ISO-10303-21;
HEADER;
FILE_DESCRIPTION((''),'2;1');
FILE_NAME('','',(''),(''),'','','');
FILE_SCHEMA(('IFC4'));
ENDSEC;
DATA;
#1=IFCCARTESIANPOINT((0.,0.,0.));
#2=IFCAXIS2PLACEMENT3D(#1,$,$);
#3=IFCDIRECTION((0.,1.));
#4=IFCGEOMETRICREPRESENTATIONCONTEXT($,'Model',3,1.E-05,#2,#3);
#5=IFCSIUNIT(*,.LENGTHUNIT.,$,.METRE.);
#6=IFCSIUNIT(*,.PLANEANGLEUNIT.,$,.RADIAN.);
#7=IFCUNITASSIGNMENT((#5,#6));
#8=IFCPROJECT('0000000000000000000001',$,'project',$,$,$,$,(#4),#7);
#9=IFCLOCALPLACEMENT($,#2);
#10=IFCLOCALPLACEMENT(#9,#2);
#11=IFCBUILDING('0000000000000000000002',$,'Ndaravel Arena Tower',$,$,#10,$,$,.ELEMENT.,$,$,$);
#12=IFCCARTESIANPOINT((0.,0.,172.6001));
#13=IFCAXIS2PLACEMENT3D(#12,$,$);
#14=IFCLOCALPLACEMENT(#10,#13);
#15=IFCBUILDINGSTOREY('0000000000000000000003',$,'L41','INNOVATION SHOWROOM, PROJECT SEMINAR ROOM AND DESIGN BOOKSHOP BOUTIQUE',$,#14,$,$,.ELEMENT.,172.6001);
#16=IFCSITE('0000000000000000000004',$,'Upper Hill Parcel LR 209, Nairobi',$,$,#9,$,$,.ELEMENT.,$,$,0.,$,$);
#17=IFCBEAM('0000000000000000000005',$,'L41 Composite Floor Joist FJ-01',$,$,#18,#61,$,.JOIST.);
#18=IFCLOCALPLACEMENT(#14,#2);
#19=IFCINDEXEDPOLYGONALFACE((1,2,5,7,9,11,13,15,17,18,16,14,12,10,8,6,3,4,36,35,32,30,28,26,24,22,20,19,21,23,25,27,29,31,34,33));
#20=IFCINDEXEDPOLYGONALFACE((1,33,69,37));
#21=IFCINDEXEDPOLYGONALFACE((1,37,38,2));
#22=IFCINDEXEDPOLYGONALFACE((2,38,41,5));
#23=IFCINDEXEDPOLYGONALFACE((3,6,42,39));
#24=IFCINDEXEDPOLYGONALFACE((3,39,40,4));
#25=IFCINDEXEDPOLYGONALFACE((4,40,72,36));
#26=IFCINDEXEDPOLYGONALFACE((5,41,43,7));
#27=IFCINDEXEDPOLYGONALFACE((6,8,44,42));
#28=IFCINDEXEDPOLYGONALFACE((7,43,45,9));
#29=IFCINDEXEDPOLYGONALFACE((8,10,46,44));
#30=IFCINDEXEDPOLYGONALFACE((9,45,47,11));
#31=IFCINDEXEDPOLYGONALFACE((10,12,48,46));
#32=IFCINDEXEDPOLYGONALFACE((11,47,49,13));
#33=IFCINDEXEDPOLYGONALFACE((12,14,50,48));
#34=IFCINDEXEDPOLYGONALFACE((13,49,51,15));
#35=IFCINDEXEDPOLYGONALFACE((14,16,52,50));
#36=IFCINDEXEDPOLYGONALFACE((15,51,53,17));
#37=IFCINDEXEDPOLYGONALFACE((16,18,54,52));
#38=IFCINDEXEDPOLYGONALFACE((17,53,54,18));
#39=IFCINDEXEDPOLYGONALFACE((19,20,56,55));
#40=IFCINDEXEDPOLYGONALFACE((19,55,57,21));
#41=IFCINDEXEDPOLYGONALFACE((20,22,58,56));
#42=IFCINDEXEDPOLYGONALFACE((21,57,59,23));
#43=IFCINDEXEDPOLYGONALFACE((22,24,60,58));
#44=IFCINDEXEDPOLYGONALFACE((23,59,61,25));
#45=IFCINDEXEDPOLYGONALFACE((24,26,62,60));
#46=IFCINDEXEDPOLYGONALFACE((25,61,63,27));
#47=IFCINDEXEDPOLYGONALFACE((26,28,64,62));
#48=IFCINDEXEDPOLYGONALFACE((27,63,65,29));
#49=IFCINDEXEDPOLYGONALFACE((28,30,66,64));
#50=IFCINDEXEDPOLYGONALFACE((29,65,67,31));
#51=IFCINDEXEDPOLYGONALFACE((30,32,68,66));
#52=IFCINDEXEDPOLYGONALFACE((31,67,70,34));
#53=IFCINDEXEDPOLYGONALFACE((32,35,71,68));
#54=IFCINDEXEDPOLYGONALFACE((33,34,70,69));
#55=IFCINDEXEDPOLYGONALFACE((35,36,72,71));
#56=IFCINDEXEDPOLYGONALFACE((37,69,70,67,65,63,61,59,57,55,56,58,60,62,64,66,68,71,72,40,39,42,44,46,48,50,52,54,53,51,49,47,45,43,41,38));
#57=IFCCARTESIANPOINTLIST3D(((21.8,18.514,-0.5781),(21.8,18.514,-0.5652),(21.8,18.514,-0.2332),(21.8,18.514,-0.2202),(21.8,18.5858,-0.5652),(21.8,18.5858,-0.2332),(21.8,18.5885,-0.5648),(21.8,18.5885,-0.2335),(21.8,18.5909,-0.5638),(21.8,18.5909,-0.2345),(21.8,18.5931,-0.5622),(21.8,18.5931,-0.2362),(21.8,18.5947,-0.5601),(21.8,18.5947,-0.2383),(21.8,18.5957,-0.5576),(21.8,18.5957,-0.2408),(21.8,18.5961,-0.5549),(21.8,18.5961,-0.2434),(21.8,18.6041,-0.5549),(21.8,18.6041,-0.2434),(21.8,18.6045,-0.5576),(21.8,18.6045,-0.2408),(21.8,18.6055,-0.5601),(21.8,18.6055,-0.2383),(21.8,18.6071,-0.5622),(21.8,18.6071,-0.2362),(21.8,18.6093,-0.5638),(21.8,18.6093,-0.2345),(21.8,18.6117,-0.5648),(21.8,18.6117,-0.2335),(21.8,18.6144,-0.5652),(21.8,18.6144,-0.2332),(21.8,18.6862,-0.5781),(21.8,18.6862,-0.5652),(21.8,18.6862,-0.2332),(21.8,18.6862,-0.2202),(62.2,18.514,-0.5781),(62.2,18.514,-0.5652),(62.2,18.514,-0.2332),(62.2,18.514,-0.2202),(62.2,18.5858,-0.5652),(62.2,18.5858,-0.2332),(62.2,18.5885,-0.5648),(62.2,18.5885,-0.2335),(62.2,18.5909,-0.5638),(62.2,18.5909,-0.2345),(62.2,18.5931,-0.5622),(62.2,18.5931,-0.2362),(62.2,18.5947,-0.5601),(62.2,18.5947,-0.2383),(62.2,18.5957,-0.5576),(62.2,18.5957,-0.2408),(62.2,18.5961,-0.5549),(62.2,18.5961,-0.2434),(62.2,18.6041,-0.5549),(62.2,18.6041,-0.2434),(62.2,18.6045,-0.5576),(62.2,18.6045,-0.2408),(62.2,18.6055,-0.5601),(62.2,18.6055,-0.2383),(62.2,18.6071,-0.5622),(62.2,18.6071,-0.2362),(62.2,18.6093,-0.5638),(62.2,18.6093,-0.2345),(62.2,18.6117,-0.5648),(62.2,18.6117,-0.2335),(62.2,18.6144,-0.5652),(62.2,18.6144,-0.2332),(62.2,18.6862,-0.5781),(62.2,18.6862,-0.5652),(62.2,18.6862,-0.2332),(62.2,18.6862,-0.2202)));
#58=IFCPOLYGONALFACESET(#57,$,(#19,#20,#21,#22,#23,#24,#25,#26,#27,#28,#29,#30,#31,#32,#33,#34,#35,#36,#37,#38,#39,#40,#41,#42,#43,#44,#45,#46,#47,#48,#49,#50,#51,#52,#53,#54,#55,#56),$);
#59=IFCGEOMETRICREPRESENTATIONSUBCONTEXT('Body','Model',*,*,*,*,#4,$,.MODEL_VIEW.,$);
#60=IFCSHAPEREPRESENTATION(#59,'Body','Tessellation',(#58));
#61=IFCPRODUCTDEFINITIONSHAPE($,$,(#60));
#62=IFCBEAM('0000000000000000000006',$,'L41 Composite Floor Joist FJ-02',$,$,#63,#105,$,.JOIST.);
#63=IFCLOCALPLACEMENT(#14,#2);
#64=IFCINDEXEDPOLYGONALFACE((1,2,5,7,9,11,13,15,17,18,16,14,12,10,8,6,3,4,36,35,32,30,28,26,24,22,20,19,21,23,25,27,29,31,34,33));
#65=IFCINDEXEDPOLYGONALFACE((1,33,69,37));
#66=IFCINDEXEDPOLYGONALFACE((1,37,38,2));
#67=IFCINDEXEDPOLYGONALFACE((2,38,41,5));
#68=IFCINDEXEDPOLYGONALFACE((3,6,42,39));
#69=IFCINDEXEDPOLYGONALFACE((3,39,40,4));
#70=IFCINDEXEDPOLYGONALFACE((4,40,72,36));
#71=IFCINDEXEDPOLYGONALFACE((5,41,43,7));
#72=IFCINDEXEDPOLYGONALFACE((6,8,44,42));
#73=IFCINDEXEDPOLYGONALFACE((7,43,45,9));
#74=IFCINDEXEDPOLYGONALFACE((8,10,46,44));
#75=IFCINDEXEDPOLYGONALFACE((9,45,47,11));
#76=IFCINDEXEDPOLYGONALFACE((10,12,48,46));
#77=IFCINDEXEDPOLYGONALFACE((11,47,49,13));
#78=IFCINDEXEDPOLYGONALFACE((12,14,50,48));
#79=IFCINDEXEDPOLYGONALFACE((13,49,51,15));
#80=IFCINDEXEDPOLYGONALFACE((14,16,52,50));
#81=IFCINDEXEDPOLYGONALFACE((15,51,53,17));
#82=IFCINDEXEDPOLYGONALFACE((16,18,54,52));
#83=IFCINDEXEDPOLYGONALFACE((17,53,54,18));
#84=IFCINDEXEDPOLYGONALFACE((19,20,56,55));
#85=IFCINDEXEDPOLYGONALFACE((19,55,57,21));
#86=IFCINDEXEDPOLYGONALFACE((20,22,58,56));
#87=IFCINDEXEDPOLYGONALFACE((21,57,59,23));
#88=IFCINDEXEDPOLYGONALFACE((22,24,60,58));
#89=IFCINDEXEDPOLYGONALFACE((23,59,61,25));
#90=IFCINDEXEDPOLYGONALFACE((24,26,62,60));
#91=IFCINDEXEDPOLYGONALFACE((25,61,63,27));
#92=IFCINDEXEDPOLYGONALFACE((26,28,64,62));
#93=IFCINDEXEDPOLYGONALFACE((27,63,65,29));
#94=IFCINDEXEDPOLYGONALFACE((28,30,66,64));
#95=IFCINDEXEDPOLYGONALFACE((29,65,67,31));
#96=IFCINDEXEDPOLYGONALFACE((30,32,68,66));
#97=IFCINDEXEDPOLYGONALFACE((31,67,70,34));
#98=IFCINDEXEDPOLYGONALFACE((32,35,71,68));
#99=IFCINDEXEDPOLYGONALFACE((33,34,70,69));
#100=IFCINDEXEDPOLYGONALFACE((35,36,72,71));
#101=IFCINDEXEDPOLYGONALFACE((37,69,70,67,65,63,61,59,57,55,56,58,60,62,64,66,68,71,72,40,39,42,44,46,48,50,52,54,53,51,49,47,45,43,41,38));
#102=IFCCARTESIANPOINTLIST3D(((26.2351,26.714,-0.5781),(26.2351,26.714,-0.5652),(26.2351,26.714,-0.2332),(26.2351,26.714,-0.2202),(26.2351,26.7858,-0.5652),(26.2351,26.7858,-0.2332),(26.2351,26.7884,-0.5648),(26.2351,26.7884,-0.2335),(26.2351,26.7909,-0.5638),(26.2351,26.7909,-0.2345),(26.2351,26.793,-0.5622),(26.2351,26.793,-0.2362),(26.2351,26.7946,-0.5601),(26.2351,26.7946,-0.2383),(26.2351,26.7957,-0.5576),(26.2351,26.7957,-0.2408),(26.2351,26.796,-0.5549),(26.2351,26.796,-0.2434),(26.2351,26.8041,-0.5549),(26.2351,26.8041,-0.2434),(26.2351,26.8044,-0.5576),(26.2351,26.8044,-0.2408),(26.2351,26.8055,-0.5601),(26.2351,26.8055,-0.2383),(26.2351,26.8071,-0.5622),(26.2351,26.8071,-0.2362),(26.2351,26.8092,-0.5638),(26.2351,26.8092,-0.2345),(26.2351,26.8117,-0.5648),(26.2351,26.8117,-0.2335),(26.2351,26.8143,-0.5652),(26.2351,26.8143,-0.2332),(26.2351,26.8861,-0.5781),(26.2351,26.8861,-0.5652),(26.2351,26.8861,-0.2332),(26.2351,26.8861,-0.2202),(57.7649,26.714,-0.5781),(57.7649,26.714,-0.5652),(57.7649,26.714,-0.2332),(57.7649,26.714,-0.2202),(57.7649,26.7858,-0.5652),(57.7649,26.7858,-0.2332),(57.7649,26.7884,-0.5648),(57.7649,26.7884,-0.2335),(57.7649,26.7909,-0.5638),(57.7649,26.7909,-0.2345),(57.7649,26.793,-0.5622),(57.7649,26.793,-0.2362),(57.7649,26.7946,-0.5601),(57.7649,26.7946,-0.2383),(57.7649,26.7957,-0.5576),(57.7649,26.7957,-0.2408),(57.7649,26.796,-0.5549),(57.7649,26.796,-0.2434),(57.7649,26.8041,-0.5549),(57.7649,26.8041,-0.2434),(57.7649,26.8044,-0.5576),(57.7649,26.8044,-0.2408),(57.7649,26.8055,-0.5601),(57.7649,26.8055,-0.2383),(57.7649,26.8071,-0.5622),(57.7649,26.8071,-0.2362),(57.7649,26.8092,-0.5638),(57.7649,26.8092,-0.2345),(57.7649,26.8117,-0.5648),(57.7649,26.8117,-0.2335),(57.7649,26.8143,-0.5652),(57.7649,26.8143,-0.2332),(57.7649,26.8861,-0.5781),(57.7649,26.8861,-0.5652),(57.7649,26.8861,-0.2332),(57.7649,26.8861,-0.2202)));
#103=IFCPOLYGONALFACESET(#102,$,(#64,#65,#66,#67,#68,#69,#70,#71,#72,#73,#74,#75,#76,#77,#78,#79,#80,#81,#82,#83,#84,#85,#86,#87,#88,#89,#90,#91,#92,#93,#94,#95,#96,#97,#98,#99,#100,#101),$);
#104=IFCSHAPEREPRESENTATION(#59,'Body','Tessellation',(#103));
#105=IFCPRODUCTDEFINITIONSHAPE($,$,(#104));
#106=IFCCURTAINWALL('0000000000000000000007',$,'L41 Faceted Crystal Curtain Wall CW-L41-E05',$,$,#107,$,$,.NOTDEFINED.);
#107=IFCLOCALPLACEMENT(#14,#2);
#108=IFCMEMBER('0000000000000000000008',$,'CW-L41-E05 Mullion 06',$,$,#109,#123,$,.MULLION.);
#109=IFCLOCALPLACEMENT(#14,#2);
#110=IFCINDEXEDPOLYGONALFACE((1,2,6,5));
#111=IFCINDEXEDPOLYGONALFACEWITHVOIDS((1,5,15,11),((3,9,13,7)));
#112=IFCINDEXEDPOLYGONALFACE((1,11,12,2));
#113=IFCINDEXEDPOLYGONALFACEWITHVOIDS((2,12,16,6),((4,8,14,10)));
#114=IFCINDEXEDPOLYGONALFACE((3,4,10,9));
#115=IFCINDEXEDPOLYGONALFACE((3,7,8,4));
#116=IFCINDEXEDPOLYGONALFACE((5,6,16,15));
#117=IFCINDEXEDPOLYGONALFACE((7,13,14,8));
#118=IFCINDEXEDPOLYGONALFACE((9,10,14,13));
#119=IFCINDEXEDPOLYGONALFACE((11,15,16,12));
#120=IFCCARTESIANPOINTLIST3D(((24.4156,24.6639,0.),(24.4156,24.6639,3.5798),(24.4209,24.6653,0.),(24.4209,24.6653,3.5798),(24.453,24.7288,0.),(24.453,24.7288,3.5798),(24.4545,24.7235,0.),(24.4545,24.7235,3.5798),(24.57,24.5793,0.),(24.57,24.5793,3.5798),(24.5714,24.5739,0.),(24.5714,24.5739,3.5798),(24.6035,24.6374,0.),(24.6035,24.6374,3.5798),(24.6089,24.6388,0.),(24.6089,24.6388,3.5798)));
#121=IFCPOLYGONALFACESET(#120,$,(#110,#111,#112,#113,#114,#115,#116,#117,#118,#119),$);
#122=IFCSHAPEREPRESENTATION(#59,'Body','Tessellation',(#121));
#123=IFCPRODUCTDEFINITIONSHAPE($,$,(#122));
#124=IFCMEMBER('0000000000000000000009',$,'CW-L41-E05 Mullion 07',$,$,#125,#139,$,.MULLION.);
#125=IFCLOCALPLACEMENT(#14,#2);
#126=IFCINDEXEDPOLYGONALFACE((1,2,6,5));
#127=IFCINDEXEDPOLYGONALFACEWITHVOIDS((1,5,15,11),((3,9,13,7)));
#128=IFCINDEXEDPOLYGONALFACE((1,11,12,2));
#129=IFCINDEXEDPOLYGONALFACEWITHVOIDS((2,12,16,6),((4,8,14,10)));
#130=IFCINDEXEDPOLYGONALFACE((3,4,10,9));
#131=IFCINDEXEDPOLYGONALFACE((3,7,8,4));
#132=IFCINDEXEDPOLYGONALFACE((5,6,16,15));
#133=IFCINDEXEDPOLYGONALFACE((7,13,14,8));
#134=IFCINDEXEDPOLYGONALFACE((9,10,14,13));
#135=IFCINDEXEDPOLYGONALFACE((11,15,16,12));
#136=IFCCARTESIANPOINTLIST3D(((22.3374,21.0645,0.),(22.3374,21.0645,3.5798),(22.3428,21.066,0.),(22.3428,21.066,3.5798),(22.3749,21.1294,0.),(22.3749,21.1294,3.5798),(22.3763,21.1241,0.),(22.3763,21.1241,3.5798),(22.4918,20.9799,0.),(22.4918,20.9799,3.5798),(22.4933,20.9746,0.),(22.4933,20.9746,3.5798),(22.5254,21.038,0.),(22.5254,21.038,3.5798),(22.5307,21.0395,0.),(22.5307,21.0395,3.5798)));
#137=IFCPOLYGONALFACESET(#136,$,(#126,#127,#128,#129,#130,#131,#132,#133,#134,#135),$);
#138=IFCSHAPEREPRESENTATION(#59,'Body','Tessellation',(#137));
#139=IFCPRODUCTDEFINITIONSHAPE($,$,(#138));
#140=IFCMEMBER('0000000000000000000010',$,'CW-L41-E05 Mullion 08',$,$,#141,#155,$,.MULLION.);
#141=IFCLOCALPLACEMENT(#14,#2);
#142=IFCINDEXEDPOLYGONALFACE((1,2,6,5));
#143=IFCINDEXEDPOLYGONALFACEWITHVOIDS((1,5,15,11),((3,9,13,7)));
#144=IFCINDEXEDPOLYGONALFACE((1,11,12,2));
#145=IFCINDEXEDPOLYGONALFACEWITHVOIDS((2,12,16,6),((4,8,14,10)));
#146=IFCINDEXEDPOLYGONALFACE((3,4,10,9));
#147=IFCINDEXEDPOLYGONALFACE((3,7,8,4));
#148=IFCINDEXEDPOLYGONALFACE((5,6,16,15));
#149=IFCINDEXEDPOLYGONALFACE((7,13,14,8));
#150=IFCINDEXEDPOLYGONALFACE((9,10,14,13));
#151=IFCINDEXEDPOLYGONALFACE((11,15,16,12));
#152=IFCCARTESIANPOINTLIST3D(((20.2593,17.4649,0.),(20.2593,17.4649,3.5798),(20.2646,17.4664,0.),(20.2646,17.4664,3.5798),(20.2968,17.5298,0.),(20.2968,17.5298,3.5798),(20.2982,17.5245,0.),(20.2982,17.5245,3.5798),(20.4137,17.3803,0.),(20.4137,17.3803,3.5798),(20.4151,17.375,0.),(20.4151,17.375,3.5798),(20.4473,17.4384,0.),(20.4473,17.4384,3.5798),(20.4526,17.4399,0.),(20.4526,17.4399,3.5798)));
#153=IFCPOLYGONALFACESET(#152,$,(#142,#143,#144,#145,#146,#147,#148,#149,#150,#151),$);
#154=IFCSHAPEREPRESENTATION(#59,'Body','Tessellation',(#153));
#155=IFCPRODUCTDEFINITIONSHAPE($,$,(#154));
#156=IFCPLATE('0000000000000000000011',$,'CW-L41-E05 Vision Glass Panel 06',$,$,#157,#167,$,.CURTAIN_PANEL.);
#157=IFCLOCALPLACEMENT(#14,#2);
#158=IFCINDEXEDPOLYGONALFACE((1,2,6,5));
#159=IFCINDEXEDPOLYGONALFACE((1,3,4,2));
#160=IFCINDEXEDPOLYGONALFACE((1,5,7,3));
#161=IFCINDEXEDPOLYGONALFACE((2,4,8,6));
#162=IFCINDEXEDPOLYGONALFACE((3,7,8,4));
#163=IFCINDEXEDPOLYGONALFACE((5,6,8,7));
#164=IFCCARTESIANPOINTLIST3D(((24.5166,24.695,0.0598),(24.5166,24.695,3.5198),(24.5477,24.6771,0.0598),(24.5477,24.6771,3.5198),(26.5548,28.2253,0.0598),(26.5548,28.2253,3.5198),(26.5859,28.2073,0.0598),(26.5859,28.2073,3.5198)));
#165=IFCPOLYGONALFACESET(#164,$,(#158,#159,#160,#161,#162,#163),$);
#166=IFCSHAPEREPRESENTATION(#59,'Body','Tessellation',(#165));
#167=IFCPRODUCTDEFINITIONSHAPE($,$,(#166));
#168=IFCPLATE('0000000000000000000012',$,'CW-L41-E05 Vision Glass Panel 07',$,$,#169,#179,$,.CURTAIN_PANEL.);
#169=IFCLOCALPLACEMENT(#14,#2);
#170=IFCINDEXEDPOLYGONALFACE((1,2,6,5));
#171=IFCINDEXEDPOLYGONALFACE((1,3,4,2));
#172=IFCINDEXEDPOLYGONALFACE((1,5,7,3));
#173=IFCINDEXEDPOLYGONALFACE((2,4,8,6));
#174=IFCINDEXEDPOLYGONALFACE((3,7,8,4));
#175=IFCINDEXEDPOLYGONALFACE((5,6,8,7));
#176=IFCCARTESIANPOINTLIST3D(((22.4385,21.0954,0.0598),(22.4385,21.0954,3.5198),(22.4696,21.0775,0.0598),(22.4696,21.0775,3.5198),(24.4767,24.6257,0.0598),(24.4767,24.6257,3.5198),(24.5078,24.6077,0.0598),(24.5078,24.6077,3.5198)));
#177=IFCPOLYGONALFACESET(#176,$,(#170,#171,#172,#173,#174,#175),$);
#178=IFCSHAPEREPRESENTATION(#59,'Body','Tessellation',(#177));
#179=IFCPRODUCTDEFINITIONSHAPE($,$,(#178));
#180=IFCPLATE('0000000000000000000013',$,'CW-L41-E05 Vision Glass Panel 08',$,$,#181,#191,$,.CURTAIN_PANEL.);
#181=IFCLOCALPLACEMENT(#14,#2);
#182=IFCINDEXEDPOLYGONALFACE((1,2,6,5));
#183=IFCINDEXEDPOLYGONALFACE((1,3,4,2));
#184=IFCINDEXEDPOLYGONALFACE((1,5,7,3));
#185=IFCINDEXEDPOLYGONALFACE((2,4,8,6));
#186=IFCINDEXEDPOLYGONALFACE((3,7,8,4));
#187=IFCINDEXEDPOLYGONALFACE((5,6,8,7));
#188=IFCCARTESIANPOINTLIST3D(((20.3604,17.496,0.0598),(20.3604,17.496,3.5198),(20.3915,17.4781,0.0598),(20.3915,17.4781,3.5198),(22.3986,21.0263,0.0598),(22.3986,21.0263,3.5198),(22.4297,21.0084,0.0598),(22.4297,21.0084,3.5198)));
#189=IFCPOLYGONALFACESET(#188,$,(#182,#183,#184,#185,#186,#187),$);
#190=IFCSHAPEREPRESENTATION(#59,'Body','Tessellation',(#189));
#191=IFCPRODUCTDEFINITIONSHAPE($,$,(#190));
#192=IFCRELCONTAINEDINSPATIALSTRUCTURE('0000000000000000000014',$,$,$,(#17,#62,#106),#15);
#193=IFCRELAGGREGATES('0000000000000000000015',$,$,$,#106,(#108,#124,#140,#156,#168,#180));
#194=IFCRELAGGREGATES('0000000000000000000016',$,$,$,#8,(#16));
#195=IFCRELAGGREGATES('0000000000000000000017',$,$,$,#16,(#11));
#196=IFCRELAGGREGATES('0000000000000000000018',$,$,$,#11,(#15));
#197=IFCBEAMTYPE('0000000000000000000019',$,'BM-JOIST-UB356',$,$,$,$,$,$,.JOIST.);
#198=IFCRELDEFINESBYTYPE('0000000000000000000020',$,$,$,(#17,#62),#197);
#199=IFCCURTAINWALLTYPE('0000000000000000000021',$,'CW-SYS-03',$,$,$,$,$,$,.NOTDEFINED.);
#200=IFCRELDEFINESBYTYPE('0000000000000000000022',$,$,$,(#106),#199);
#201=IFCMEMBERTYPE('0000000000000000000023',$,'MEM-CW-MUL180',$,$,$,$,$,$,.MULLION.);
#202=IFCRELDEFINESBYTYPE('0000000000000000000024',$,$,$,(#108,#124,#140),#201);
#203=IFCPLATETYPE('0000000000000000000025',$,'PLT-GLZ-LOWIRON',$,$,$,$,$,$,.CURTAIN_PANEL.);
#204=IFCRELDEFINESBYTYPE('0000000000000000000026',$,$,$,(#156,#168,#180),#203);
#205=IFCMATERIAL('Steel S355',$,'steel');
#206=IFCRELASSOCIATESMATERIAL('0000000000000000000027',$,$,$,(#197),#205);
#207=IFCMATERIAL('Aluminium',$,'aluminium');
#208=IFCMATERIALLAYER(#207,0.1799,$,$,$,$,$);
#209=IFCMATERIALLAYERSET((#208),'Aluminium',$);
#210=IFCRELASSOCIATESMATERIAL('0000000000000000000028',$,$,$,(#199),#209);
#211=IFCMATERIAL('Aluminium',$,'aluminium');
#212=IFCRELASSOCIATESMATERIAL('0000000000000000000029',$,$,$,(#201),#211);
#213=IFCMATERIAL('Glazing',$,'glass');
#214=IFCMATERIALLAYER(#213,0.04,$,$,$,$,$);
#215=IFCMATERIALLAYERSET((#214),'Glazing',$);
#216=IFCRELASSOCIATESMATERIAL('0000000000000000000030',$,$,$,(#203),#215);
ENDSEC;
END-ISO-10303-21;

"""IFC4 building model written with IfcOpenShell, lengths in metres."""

from ifc_helpers import new_model, si_unit, direction, frame, origin, origin_2d, place, context, subcontext, project, spatial, rectangle, hollow_rectangle, i_section, extrude, material, layer, layer_set, material_profile, profile_set, type_object, element, aggregate, save


model = new_model("IFC4")

# Units and contexts
model_context = context("Model", 3, precision=1e-05, world=origin(), true_north=direction((0.0, 1.0)))
body_context = subcontext(model_context, "Body", "Model", "MODEL_VIEW")
ifc_project = project(units=[si_unit("LENGTHUNIT", "METRE"), si_unit("PLANEANGLEUNIT", "RADIAN")], contexts=[model_context])

# Site, building, storey
site_placement = place(None, origin())
site = spatial("IfcSite", under=ifc_project, at=site_placement, Name="Upper Hill Parcel LR 209, Nairobi", CompositionType="ELEMENT", RefElevation=0.0)
building_placement = place(site_placement, origin())
building = spatial("IfcBuilding", under=site, at=building_placement, Name="Ndaravel Arena Tower", CompositionType="ELEMENT")
storey_placement = place(building_placement, frame((0.0, 0.0, 172.6001)))
storey = spatial("IfcBuildingStorey", under=building, at=storey_placement, Name="L41", Description="INNOVATION SHOWROOM, PROJECT SEMINAR ROOM AND DESIGN BOOKSHOP BOUTIQUE", CompositionType="ELEMENT", Elevation=172.6001)

# Beams
ifc_material_1 = material(Name="Steel S355", Category="steel")
ifc_material_profile_1 = material_profile(ifc_material_1, i_section(OverallWidth=0.1721, OverallDepth=0.3579, WebThickness=0.0081, FlangeThickness=0.0129, FilletRadius=0.0103, at=origin_2d()), Name="UB 356x171x57")
ifc_profile_set_1 = profile_set([ifc_material_profile_1], Name="Steel S355")
beam_type = type_object("IfcBeamType", Name="BM-JOIST-UB356", PredefinedType="JOIST", material=ifc_profile_set_1)
beam_1_placement = place(storey_placement, frame((21.8, 18.6001, -0.3992), z_axis=(1.0, 0.0, 0.0), x_axis=(0.0, 1.0, 0.0)))
element("IfcBeam", 1, at=beam_1_placement, inside=storey, type_object=beam_type, Name="L41 Composite Floor Joist FJ-01", PredefinedType="JOIST", context=body_context, shape_type="SweptSolid", body=[
    extrude(i_section(OverallWidth=0.1721, OverallDepth=0.3579, WebThickness=0.0081, FlangeThickness=0.0129, FilletRadius=0.0103, at=origin_2d()), origin(), (0.0, 0.0, 1.0), 40.3999),
])
beam_2_placement = place(storey_placement, frame((26.2351, 26.8, -0.3992), z_axis=(1.0, 0.0, 0.0), x_axis=(0.0, 1.0, 0.0)))
element("IfcBeam", 2, at=beam_2_placement, inside=storey, type_object=beam_type, Name="L41 Composite Floor Joist FJ-02", PredefinedType="JOIST", context=body_context, shape_type="SweptSolid", body=[
    extrude(i_section(OverallWidth=0.1721, OverallDepth=0.3579, WebThickness=0.0081, FlangeThickness=0.0129, FilletRadius=0.0103, at=origin_2d()), origin(), (0.0, 0.0, 1.0), 31.5298),
])

# Curtain wall, members, plates
ifc_material_2 = material(Name="Aluminium", Category="aluminium")
ifc_layer_1 = layer(ifc_material_2, 0.1799)
ifc_layer_set_1 = layer_set([ifc_layer_1], Name="Aluminium")
curtain_wall_type = type_object("IfcCurtainWallType", Name="CW-SYS-03", PredefinedType="NOTDEFINED", material=ifc_layer_set_1)
curtain_wall_placement = place(storey_placement, origin())
curtain_wall = element("IfcCurtainWall", 3, at=curtain_wall_placement, inside=storey, type_object=curtain_wall_type, Name="L41 Faceted Crystal Curtain Wall CW-L41-E05", PredefinedType="NOTDEFINED")
ifc_material_3 = material(Name="Aluminium", Category="aluminium")
ifc_material_profile_2 = material_profile(ifc_material_3, hollow_rectangle(XDim=0.075, YDim=0.1799, WallThickness=0.0039, at=origin_2d()), Name="CW MULLION 75x180x4")
ifc_profile_set_2 = profile_set([ifc_material_profile_2], Name="Aluminium")
member_type = type_object("IfcMemberType", Name="MEM-CW-MUL180", PredefinedType="MULLION", material=ifc_profile_set_2)
member_1_placement = place(storey_placement, frame((24.5122, 24.6514, 0.0), z_axis=(0.0, 0.0, 1.0), x_axis=(-0.5, -0.866025, 0.0)))
member_1 = element("IfcMember", 4, at=member_1_placement, type_object=member_type, Name="CW-L41-E05 Mullion 06", PredefinedType="MULLION", context=body_context, shape_type="SweptSolid", body=[
    extrude(hollow_rectangle(XDim=0.075, YDim=0.1799, WallThickness=0.0039, at=origin_2d()), origin(), (0.0, 0.0, 1.0), 3.5798),
])
member_2_placement = place(storey_placement, frame((22.4341, 21.052, 0.0), z_axis=(0.0, 0.0, 1.0), x_axis=(-0.5, -0.866025, 0.0)))
member_2 = element("IfcMember", 5, at=member_2_placement, type_object=member_type, Name="CW-L41-E05 Mullion 07", PredefinedType="MULLION", context=body_context, shape_type="SweptSolid", body=[
    extrude(hollow_rectangle(XDim=0.075, YDim=0.1799, WallThickness=0.0039, at=origin_2d()), origin(), (0.0, 0.0, 1.0), 3.5798),
])
member_3_placement = place(storey_placement, frame((20.356, 17.4524, 0.0), z_axis=(0.0, 0.0, 1.0), x_axis=(-0.5, -0.866025, 0.0)))
member_3 = element("IfcMember", 6, at=member_3_placement, type_object=member_type, Name="CW-L41-E05 Mullion 08", PredefinedType="MULLION", context=body_context, shape_type="SweptSolid", body=[
    extrude(hollow_rectangle(XDim=0.075, YDim=0.1799, WallThickness=0.0039, at=origin_2d()), origin(), (0.0, 0.0, 1.0), 3.5798),
])
ifc_material_4 = material(Name="Glazing", Category="glass")
ifc_layer_2 = layer(ifc_material_4, 0.04)
ifc_layer_set_2 = layer_set([ifc_layer_2], Name="Glazing")
plate_type = type_object("IfcPlateType", Name="PLT-GLZ-LOWIRON", PredefinedType="CURTAIN_PANEL", material=ifc_layer_set_2)
plate_1_placement = place(storey_placement, frame((25.5513, 26.4512, 0.0598), z_axis=(0.0, 0.0, 1.0), x_axis=(-0.5, -0.866025, 0.0)))
plate_1 = element("IfcPlate", 7, at=plate_1_placement, type_object=plate_type, Name="CW-L41-E05 Vision Glass Panel 06", PredefinedType="CURTAIN_PANEL", context=body_context, shape_type="SweptSolid", body=[
    extrude(rectangle(XDim=4.0764, YDim=0.0359, at=origin_2d()), origin(), (0.0, 0.0, 1.0), 3.46),
])
plate_2_placement = place(storey_placement, frame((23.4731, 22.8516, 0.0598), z_axis=(0.0, 0.0, 1.0), x_axis=(-0.5, -0.866025, 0.0)))
plate_2 = element("IfcPlate", 8, at=plate_2_placement, type_object=plate_type, Name="CW-L41-E05 Vision Glass Panel 07", PredefinedType="CURTAIN_PANEL", context=body_context, shape_type="SweptSolid", body=[
    extrude(rectangle(XDim=4.0764, YDim=0.0359, at=origin_2d()), origin(), (0.0, 0.0, 1.0), 3.46),
])
plate_3_placement = place(storey_placement, frame((21.395, 19.2522, 0.0598), z_axis=(0.0, 0.0, 1.0), x_axis=(-0.5, -0.866025, 0.0)))
plate_3 = element("IfcPlate", 9, at=plate_3_placement, type_object=plate_type, Name="CW-L41-E05 Vision Glass Panel 08", PredefinedType="CURTAIN_PANEL", context=body_context, shape_type="SweptSolid", body=[
    extrude(rectangle(XDim=4.0764, YDim=0.0359, at=origin_2d()), origin(), (0.0, 0.0, 1.0), 3.46),
])
aggregate(curtain_wall, [member_1, member_2, member_3, plate_1, plate_2, plate_3])

save(model, "model.ifc")
